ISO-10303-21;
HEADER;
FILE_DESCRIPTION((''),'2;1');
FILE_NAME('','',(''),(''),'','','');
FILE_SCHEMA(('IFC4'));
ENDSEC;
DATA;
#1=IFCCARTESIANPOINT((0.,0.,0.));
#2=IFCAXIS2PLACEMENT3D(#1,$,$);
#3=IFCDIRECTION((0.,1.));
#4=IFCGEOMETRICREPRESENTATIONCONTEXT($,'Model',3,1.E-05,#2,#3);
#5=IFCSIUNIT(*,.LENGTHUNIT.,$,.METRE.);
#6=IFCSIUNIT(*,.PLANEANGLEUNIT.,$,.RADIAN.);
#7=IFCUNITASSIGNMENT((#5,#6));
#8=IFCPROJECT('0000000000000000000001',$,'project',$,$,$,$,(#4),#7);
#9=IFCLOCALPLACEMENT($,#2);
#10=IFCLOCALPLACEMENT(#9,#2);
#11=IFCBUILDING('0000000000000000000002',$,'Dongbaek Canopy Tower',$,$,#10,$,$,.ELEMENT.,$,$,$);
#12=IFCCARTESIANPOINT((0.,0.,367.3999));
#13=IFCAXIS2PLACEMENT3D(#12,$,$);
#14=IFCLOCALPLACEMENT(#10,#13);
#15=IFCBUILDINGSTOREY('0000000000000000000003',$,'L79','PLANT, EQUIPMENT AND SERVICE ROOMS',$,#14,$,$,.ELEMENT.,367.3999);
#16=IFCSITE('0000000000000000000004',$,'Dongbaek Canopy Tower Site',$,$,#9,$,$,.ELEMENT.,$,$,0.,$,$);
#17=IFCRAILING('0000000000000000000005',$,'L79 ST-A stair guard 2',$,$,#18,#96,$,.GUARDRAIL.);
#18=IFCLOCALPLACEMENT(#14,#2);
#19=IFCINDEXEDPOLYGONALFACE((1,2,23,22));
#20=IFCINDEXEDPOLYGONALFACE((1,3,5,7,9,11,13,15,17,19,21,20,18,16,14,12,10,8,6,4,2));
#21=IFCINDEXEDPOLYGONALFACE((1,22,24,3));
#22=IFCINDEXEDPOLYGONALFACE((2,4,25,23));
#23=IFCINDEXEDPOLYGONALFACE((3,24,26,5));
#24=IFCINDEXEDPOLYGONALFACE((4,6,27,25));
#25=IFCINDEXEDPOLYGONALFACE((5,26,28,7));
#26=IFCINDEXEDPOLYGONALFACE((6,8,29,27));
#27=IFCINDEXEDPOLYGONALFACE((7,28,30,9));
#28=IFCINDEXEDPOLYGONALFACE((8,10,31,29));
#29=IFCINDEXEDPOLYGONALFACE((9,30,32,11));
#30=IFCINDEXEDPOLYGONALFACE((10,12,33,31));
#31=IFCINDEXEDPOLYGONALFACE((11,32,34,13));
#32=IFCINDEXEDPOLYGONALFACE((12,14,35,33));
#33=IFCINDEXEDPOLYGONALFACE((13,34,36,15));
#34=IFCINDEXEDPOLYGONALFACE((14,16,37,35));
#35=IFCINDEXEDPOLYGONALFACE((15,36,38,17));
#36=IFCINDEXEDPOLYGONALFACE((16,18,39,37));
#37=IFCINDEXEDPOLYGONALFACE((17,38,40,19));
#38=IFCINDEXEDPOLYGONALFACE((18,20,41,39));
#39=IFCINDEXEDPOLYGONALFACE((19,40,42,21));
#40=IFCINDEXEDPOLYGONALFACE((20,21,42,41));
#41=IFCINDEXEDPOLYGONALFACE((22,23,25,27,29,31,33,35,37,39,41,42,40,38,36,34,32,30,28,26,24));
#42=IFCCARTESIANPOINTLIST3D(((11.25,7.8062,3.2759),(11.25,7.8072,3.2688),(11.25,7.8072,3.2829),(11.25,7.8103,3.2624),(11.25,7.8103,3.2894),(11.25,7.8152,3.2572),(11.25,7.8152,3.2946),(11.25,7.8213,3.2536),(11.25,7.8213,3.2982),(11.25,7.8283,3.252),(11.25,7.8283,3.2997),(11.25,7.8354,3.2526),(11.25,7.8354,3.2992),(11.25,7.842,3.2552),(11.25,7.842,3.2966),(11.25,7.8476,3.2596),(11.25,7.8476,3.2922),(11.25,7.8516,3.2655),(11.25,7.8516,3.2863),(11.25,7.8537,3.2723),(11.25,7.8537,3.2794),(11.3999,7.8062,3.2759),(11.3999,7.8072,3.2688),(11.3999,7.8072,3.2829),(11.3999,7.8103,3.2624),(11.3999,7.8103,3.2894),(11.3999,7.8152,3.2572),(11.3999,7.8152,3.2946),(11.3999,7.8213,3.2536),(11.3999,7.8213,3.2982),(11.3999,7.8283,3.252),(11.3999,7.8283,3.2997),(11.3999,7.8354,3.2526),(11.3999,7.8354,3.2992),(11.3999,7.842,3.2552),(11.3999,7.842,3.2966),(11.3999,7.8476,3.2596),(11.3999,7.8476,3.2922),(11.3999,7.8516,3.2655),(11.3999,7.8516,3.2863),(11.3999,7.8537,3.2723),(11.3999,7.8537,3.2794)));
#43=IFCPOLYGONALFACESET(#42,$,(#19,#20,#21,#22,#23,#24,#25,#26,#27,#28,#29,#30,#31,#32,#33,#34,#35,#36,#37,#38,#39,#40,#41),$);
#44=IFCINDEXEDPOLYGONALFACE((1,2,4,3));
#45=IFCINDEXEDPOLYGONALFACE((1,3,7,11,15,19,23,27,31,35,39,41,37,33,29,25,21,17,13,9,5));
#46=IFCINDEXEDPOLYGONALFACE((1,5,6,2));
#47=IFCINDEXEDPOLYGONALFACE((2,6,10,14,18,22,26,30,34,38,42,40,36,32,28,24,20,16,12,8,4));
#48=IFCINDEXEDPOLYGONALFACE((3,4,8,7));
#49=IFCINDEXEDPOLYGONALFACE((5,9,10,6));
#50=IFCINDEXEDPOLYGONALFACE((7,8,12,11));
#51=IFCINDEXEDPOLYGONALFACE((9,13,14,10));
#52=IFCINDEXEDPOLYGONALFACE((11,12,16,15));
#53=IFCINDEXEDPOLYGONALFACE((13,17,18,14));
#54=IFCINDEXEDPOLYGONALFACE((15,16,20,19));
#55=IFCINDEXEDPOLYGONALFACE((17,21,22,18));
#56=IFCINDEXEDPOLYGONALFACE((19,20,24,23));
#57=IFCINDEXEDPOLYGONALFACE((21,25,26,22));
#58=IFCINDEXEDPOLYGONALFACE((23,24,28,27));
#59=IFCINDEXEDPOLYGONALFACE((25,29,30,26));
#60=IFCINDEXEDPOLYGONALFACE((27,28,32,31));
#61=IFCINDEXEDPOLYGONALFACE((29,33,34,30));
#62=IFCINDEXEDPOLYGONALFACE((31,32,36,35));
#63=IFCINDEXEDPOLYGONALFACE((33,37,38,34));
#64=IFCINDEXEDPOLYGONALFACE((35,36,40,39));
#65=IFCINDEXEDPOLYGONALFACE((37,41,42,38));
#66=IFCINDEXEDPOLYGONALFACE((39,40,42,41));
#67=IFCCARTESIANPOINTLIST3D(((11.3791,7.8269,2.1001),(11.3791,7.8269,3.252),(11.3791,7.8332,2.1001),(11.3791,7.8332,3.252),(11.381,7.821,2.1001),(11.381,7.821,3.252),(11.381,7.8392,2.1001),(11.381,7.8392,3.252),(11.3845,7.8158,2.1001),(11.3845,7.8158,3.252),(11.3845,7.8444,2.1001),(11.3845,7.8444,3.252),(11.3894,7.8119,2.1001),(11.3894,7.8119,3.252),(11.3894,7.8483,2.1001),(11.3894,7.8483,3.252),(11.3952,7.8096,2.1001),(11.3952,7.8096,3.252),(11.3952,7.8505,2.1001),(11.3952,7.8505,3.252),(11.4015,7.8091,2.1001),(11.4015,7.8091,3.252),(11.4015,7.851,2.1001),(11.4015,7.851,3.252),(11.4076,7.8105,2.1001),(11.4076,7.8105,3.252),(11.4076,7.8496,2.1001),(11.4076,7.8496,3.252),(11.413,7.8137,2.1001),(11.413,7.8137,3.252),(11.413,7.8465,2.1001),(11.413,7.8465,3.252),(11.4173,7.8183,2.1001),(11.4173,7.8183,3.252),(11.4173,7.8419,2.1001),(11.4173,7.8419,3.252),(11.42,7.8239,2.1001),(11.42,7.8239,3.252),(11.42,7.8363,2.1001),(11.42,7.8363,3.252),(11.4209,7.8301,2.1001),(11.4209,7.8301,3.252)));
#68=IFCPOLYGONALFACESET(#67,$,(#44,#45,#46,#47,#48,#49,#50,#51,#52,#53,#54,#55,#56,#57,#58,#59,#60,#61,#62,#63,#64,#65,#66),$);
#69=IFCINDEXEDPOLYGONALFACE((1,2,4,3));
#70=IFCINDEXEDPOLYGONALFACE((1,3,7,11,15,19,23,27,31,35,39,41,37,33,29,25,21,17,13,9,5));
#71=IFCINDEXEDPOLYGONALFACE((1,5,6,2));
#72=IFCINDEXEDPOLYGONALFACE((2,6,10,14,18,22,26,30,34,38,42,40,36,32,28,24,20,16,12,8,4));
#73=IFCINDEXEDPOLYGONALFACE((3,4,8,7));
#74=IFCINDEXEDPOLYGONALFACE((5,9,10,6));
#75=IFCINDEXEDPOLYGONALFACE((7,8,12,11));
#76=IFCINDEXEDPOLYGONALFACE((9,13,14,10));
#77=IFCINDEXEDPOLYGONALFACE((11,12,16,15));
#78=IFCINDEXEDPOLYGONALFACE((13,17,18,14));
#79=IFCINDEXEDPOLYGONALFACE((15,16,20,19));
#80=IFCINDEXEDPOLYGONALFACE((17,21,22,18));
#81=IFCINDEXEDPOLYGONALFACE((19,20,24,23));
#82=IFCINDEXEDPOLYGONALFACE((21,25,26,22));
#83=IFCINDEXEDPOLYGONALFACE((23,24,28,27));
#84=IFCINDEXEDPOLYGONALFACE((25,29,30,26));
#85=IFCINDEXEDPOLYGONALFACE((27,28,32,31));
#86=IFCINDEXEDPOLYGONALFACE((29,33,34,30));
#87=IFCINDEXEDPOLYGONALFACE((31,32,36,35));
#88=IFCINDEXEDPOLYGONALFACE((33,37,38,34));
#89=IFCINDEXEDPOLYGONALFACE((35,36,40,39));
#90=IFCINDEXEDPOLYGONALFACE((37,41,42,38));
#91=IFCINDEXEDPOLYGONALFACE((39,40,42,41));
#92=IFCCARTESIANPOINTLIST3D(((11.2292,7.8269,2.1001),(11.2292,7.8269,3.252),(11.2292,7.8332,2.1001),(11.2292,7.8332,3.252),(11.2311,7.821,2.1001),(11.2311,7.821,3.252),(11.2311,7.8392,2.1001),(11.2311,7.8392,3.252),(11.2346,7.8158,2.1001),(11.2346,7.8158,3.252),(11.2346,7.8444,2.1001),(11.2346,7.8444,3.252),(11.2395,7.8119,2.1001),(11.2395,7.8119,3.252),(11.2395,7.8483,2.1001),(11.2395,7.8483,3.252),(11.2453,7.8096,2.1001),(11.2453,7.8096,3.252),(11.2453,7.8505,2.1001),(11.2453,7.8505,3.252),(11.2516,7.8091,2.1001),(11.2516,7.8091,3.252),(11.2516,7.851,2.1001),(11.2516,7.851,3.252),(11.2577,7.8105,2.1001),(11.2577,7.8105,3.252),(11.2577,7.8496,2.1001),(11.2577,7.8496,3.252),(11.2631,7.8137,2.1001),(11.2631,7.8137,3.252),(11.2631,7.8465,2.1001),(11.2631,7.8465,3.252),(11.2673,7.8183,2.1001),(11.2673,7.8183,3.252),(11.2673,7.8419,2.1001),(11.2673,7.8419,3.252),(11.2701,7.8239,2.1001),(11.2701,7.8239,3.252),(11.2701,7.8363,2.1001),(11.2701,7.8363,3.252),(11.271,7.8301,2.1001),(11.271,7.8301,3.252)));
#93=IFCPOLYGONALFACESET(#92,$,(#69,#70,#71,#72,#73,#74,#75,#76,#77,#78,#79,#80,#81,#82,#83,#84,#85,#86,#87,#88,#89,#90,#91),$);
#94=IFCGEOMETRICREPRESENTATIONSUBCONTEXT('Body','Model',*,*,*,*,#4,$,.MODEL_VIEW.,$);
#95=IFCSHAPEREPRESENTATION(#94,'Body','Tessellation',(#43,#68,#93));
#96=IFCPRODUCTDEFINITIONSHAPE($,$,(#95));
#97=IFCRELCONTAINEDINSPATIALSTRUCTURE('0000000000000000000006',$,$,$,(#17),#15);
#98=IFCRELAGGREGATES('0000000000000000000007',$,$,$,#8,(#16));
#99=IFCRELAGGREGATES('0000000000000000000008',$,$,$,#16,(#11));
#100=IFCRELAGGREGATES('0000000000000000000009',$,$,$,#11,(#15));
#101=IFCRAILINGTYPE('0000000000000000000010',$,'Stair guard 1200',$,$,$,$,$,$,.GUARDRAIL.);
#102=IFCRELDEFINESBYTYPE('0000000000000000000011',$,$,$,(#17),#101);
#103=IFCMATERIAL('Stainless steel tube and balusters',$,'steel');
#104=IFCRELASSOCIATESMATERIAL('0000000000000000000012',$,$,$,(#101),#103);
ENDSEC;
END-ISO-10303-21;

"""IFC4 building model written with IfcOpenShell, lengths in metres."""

from ifc_helpers import new_model, si_unit, direction, frame, origin, origin_2d, place, context, subcontext, project, spatial, circle, extrude, material, type_object, element, save


model = new_model("IFC4")

# Units and contexts
model_context = context("Model", 3, precision=1e-05, world=origin(), true_north=direction((0.0, 1.0)))
body_context = subcontext(model_context, "Body", "Model", "MODEL_VIEW")
ifc_project = project(units=[si_unit("LENGTHUNIT", "METRE"), si_unit("PLANEANGLEUNIT", "RADIAN")], contexts=[model_context])

# Site, building, storey
site_placement = place(None, origin())
site = spatial("IfcSite", under=ifc_project, at=site_placement, Name="Dongbaek Canopy Tower Site", CompositionType="ELEMENT", RefElevation=0.0)
building_placement = place(site_placement, origin())
building = spatial("IfcBuilding", under=site, at=building_placement, Name="Dongbaek Canopy Tower", CompositionType="ELEMENT")
storey_placement = place(building_placement, frame((0.0, 0.0, 367.3999)))
storey = spatial("IfcBuildingStorey", under=building, at=storey_placement, Name="L79", Description="PLANT, EQUIPMENT AND SERVICE ROOMS", CompositionType="ELEMENT", Elevation=367.3999)

# Railing
ifc_material_1 = material(Name="Stainless steel tube and balusters", Category="steel")
railing_type_1 = type_object("IfcRailingType", Name="Stair guard 1200", PredefinedType="GUARDRAIL", material=ifc_material_1)
railing_1_placement = place(storey_placement, frame((11.3999, 7.8301, 2.1001)))
element("IfcRailing", 1, at=railing_1_placement, inside=storey, type_object=railing_type_1, Name="L79 ST-A stair guard 2", PredefinedType="GUARDRAIL", context=body_context, shape_type="SweptSolid", body=[
    extrude(circle(Radius=0.0239, at=origin_2d()), frame((0.0, 0.0, 1.1758), z_axis=(-1.0, 0.0, 0.0), x_axis=(0.0, -1.0, 0.0)), (0.0, 0.0, 1.0), 0.1499),
    extrude(circle(Radius=0.021, at=origin_2d()), origin(), (0.0, 0.0, 1.0), 1.1519),
    extrude(circle(Radius=0.021, at=origin_2d()), frame((-0.1499, 0.0, 0.0)), (0.0, 0.0, 1.0), 1.1519),
])

save(model, "model.ifc")
